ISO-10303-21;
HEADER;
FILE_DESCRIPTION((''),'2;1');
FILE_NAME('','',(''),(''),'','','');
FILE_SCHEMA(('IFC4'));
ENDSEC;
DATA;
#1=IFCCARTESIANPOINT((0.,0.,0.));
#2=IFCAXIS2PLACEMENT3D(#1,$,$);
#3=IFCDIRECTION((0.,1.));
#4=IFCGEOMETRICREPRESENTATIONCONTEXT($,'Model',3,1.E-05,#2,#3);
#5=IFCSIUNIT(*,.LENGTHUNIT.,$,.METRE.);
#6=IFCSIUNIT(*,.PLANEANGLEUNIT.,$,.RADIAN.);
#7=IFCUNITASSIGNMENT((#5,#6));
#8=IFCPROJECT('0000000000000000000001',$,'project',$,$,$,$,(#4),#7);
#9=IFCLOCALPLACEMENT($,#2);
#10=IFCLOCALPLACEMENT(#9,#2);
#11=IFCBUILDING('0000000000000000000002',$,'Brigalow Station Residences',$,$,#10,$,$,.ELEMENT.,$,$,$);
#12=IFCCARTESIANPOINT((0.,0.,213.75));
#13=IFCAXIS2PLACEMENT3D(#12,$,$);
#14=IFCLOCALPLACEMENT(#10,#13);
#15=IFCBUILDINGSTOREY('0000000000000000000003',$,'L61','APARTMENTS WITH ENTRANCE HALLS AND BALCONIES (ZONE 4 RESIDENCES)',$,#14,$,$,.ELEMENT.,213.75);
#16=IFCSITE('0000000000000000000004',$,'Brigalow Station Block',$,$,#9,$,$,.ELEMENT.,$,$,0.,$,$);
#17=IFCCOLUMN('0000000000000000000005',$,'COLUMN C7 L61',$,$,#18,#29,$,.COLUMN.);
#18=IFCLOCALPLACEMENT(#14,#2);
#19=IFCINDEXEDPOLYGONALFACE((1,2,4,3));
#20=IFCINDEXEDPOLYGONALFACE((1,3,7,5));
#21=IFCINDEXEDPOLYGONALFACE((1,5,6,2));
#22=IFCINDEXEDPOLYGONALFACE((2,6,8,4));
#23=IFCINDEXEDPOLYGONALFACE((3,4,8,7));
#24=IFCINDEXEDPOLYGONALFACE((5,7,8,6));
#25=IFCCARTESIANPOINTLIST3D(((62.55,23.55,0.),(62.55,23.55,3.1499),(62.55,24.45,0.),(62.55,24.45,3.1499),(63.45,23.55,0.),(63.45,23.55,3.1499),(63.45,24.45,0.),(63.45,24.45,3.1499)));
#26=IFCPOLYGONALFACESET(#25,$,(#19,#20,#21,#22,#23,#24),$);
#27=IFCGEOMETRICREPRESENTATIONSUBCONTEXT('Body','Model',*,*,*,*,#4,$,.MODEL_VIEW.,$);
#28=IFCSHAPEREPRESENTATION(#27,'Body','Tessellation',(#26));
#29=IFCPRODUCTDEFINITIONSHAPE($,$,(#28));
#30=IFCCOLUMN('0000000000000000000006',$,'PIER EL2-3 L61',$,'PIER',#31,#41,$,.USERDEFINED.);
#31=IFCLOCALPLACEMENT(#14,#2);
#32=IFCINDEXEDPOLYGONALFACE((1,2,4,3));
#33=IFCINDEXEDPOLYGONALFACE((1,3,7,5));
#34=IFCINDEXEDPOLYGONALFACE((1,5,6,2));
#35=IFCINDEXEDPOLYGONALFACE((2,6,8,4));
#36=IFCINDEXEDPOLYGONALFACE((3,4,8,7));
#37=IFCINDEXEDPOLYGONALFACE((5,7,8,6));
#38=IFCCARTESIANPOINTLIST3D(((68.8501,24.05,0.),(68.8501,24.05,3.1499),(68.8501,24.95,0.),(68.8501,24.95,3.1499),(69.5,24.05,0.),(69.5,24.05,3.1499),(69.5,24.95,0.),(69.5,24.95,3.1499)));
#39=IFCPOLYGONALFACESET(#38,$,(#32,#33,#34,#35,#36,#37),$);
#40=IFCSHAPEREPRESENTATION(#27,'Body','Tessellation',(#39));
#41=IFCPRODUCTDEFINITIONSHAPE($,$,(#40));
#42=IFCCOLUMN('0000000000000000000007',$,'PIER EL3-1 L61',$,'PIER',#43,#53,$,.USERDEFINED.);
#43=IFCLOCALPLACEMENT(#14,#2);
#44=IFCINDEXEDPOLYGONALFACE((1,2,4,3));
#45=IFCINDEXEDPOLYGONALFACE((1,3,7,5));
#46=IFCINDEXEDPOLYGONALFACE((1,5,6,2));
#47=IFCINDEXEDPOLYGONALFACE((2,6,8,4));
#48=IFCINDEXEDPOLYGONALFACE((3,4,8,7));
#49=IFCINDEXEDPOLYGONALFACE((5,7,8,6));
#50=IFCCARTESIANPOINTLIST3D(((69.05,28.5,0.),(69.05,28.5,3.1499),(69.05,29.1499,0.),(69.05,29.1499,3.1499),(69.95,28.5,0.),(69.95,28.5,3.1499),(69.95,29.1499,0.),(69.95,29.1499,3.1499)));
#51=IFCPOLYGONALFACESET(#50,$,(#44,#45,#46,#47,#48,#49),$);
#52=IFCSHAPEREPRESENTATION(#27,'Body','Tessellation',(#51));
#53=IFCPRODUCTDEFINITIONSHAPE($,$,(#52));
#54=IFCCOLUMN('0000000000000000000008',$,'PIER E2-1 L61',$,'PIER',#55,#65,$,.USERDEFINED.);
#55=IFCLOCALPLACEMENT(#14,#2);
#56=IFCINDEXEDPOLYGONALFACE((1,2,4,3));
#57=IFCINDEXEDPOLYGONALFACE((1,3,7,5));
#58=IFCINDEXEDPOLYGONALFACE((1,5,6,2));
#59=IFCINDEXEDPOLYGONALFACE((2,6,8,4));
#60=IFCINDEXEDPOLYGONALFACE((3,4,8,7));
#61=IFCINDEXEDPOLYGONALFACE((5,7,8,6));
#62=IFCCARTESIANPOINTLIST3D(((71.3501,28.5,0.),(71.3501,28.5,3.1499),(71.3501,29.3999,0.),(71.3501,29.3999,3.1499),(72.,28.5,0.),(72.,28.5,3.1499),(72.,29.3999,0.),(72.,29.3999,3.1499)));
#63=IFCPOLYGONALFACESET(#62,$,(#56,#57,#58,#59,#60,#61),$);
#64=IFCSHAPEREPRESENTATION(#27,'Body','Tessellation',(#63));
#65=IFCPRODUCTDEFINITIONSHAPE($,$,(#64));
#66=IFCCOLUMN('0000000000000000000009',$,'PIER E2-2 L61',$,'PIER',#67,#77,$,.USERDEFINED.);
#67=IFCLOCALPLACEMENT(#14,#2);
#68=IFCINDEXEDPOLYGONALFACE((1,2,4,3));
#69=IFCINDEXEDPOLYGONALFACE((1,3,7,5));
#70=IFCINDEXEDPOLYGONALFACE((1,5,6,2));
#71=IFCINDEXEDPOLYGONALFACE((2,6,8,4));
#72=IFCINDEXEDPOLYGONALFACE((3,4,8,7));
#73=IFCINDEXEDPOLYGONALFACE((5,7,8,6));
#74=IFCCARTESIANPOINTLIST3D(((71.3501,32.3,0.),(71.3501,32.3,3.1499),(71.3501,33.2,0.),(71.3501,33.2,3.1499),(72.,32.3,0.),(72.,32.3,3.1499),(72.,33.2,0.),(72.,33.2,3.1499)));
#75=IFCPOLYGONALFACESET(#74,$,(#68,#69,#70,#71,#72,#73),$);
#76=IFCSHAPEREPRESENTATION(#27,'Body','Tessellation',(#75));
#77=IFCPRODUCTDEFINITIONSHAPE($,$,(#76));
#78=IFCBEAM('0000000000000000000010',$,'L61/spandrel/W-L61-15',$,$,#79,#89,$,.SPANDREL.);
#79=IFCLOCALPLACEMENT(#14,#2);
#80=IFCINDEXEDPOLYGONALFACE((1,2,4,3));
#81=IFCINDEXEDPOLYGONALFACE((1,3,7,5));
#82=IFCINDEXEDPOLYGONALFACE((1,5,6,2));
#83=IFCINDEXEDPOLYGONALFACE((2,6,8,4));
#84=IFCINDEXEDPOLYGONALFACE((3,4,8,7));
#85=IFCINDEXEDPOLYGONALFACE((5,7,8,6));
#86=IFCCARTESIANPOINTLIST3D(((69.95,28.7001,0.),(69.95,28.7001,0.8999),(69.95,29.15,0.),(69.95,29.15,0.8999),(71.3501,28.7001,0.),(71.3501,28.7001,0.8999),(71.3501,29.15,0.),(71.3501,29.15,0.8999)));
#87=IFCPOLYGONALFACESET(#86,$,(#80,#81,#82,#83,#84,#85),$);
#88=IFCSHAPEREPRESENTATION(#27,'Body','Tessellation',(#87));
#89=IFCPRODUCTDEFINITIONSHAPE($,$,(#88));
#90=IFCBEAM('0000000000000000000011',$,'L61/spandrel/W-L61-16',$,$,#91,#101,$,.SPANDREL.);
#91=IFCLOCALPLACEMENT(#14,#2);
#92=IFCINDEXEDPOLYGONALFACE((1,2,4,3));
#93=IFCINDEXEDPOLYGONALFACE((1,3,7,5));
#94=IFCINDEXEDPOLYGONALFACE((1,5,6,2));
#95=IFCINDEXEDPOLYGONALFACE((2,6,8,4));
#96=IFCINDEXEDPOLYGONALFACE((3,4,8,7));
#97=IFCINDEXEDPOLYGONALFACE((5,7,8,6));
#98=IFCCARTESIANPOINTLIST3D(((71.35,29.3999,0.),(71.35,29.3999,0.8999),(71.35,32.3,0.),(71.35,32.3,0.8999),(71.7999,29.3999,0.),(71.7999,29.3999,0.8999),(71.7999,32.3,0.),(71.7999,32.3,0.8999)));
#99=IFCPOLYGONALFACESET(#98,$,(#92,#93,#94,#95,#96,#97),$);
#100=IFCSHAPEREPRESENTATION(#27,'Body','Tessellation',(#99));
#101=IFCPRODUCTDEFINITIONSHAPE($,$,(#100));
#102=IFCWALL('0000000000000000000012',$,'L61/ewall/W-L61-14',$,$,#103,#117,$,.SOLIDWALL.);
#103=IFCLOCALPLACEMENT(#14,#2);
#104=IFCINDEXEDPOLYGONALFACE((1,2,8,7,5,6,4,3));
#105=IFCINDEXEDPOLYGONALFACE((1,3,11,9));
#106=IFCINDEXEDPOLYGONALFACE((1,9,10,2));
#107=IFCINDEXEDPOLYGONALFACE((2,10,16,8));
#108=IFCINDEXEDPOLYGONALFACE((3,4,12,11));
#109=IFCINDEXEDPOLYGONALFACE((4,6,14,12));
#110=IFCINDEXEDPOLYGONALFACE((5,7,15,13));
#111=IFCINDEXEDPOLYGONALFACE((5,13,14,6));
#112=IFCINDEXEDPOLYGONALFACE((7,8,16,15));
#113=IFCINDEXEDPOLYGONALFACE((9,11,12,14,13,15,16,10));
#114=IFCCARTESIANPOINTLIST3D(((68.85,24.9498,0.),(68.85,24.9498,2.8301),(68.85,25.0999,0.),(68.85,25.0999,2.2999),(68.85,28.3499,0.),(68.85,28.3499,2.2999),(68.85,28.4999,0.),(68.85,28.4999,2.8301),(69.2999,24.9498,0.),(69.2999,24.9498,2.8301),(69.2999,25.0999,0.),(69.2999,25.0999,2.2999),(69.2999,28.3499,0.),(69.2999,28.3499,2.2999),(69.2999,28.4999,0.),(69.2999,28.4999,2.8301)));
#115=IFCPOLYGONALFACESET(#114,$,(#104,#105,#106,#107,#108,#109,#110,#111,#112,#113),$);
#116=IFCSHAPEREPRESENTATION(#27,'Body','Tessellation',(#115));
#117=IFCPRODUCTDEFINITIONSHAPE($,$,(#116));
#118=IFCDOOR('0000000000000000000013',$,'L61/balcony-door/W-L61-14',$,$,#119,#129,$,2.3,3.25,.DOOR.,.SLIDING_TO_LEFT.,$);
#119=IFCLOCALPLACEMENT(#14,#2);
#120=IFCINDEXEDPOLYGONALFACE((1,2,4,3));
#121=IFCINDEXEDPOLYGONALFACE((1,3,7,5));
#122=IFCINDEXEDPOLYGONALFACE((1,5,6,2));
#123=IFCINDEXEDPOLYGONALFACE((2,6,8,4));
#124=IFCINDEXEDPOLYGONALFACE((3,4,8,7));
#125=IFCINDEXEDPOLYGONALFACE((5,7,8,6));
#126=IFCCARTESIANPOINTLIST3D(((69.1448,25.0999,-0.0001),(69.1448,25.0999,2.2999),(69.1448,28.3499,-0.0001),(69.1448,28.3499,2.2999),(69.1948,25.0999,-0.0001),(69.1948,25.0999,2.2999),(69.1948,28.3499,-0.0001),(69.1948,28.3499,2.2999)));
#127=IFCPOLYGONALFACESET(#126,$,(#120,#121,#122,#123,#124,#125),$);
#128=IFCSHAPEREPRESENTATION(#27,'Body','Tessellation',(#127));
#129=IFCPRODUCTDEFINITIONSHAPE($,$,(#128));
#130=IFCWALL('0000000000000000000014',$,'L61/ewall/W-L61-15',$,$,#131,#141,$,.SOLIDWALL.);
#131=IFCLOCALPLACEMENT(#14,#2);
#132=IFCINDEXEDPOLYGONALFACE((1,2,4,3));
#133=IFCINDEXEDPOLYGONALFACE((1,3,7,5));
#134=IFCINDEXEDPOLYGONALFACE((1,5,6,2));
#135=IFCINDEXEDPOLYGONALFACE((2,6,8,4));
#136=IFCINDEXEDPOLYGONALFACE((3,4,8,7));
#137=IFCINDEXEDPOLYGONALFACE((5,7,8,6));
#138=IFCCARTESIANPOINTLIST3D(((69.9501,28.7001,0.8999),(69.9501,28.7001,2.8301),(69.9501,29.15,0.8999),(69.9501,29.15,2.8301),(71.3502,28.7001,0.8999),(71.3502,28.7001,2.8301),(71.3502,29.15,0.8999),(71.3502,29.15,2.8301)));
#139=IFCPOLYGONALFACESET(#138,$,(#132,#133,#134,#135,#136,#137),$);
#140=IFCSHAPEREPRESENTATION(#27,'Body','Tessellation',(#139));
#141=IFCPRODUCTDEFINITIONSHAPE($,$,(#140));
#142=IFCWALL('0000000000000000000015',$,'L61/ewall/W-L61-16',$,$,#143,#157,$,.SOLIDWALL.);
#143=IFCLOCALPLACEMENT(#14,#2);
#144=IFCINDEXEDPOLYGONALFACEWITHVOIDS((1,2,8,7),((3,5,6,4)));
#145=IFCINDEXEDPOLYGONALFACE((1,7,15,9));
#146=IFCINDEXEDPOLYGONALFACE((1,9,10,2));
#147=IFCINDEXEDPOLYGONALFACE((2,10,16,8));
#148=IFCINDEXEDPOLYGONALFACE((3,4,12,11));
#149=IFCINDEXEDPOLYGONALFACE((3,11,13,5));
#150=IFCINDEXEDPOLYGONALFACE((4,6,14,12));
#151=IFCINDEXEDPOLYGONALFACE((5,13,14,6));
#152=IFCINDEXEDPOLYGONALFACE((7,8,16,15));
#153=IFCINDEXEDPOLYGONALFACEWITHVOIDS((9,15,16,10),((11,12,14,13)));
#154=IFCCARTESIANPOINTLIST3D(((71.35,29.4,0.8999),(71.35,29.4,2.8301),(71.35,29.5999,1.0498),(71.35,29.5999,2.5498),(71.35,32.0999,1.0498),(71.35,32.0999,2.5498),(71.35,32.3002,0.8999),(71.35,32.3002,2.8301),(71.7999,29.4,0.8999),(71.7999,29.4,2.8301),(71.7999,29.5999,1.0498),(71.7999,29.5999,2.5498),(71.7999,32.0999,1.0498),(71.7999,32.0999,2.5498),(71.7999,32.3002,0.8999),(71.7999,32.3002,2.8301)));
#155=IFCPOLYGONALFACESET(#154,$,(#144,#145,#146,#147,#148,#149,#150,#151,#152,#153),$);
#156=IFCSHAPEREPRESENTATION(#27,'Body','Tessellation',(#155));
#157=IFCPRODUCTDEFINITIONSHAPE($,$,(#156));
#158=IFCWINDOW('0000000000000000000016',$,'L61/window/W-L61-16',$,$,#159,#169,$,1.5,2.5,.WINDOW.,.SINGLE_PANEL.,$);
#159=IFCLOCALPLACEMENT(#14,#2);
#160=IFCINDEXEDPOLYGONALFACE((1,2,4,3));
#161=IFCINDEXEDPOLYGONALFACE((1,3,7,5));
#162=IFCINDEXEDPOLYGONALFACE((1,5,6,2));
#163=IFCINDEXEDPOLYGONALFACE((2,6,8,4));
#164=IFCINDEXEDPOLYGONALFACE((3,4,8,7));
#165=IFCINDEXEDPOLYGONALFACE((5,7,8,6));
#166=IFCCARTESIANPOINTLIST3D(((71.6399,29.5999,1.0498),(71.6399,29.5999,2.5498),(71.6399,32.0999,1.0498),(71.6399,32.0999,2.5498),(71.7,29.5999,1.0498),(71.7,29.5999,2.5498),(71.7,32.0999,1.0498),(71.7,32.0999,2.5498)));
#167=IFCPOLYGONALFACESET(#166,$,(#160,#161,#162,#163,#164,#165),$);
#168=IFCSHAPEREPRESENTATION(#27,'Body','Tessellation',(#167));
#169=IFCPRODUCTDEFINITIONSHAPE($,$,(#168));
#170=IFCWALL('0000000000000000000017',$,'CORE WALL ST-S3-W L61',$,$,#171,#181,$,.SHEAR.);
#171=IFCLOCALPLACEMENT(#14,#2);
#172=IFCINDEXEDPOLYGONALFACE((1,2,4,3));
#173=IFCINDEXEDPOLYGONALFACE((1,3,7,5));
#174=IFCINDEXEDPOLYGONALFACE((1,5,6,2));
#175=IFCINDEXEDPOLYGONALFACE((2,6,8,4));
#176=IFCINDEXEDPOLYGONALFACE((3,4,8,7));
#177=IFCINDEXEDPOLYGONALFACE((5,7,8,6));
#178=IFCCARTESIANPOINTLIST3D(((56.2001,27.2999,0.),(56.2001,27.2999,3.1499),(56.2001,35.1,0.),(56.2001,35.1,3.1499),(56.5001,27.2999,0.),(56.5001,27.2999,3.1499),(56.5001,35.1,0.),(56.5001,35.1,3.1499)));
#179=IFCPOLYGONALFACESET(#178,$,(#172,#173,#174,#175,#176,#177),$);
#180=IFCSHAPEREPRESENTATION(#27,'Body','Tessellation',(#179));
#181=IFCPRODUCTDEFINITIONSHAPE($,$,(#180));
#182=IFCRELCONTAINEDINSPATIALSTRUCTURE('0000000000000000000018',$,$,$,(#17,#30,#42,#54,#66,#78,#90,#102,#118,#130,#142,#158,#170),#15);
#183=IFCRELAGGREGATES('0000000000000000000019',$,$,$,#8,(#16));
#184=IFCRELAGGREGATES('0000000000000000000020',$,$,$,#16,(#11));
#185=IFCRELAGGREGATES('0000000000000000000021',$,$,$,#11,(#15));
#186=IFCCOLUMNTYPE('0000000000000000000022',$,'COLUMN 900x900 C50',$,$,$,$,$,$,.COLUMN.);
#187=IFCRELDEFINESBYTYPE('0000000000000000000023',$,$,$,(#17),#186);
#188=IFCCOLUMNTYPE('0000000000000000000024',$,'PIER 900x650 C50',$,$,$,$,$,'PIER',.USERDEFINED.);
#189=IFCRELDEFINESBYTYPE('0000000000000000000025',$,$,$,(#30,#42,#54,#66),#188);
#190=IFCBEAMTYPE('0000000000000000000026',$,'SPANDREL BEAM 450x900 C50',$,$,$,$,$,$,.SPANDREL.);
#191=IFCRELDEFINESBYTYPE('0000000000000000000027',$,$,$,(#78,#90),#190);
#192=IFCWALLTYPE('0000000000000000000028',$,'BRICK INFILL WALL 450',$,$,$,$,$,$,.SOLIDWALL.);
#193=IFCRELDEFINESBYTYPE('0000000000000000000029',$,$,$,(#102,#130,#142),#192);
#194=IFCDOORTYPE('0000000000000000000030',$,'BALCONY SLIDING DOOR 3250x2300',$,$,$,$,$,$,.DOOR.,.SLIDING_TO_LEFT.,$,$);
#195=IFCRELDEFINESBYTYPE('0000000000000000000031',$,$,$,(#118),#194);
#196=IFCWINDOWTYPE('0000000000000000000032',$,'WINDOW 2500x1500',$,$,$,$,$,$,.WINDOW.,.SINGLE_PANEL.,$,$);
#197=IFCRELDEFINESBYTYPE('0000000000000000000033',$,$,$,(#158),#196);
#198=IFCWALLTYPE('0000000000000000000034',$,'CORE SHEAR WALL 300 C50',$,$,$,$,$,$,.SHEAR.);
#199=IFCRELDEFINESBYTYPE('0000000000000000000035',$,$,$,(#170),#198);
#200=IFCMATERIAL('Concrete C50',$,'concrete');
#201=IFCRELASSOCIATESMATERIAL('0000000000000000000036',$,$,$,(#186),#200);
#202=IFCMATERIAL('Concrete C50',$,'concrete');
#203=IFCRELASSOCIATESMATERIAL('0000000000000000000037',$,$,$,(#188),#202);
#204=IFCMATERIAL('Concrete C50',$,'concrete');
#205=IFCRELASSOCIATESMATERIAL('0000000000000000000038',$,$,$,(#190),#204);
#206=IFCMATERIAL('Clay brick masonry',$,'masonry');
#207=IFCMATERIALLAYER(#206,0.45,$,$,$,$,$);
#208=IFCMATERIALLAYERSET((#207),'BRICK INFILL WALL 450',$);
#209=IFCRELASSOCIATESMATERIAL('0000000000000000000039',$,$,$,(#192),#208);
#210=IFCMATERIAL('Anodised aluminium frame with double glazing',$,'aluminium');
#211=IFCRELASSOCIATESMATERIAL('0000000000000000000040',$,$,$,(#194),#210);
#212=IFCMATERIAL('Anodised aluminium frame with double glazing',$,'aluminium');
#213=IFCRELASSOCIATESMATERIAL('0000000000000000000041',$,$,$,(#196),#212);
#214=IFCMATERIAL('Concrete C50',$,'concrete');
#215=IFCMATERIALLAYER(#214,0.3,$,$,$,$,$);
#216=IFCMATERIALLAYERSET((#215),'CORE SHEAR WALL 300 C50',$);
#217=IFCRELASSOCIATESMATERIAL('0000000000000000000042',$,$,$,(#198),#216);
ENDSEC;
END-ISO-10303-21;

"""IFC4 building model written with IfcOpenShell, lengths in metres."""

from ifc_helpers import new_model, si_unit, direction, frame, frame_2d, origin, origin_2d, place, context, subcontext, project, spatial, rectangle, extrude, material, layer, layer_set, material_profile, profile_set, type_object, element, fill, save


model = new_model("IFC4")

# Units and contexts
model_context = context("Model", 3, precision=1e-05, world=origin(), true_north=direction((0.0, 1.0)))
body_context = subcontext(model_context, "Body", "Model", "MODEL_VIEW")
ifc_project = project(units=[si_unit("LENGTHUNIT", "METRE"), si_unit("PLANEANGLEUNIT", "RADIAN")], contexts=[model_context])

# Site, building, storey
site_placement = place(None, origin())
site = spatial("IfcSite", under=ifc_project, at=site_placement, Name="Brigalow Station Block", CompositionType="ELEMENT", RefElevation=0.0)
building_placement = place(site_placement, origin())
building = spatial("IfcBuilding", under=site, at=building_placement, Name="Brigalow Station Residences", CompositionType="ELEMENT")
storey_placement = place(building_placement, frame((0.0, 0.0, 213.75)))
storey = spatial("IfcBuildingStorey", under=building, at=storey_placement, Name="L61", Description="APARTMENTS WITH ENTRANCE HALLS AND BALCONIES (ZONE 4 RESIDENCES)", CompositionType="ELEMENT", Elevation=213.75)

# Columns
ifc_material_1 = material(Name="Concrete C50", Category="concrete")
ifc_material_profile_1 = material_profile(ifc_material_1, rectangle(XDim=0.8999, YDim=0.8999, at=origin_2d()), Name="RC900x900")
ifc_profile_set_1 = profile_set([ifc_material_profile_1], Name="Concrete C50")
column_type_1 = type_object("IfcColumnType", Name="COLUMN 900x900 C50", PredefinedType="COLUMN", material=ifc_profile_set_1)
column_placement = place(storey_placement, frame((63.0, 24.0, 0.0), z_axis=(0.0, 0.0, 1.0), x_axis=(1.0, 0.0, 0.0)))
element("IfcColumn", 1, at=column_placement, inside=storey, type_object=column_type_1, Name="COLUMN C7 L61", PredefinedType="COLUMN", context=body_context, shape_type="SweptSolid", body=[
    extrude(rectangle(XDim=0.8999, YDim=0.8999, at=origin_2d()), origin(), (0.0, 0.0, 1.0), 3.1499),
])
ifc_material_2 = material(Name="Concrete C50", Category="concrete")
ifc_material_profile_2 = material_profile(ifc_material_2, rectangle(XDim=0.8999, YDim=0.6499, at=origin_2d()), Name="RC900x650")
ifc_profile_set_2 = profile_set([ifc_material_profile_2], Name="Concrete C50")
column_type_2 = type_object("IfcColumnType", Name="PIER 900x650 C50", ElementType="PIER", PredefinedType="USERDEFINED", material=ifc_profile_set_2)
for number, where, z_axis, x_axis, name in (
    (2, (69.175, 24.5, 0.0), (0.0, 0.0, 1.0), (0.0, 1.0, 0.0), "PIER EL2-3 L61"),
    (3, (69.5, 28.825, 0.0), (0.0, 0.0, 1.0), (1.0, 0.0, 0.0), "PIER EL3-1 L61"),
    (4, (71.675, 28.95, 0.0), (0.0, 0.0, 1.0), (0.0, 1.0, 0.0), "PIER E2-1 L61"),
    (5, (71.675, 32.75, 0.0), (0.0, 0.0, 1.0), (0.0, 1.0, 0.0), "PIER E2-2 L61"),
):
    element("IfcColumn", number, at=place(storey_placement, frame(where, z_axis=z_axis, x_axis=x_axis)), inside=storey, type_object=column_type_2, Name=name, ObjectType="PIER", PredefinedType="USERDEFINED", context=body_context, shape_type="SweptSolid", body=[
        extrude(rectangle(XDim=0.8999, YDim=0.6499, at=origin_2d()), origin(), (0.0, 0.0, 1.0), 3.1499),
    ])

# Beams
ifc_material_3 = material(Name="Concrete C50", Category="concrete")
ifc_material_profile_3 = material_profile(ifc_material_3, rectangle(XDim=0.45, YDim=0.8999, at=origin_2d()), Name="RC450x900")
ifc_profile_set_3 = profile_set([ifc_material_profile_3], Name="Concrete C50")
beam_type = type_object("IfcBeamType", Name="SPANDREL BEAM 450x900 C50", PredefinedType="SPANDREL", material=ifc_profile_set_3)
beam_1_placement = place(storey_placement, frame((69.95, 28.925, 0.45), z_axis=(1.0, 0.0, 0.0), x_axis=(0.0, 1.0, 0.0)))
element("IfcBeam", 6, at=beam_1_placement, inside=storey, type_object=beam_type, Name="L61/spandrel/W-L61-15", PredefinedType="SPANDREL", context=body_context, shape_type="SweptSolid", body=[
    extrude(rectangle(XDim=0.45, YDim=0.8999, at=origin_2d()), origin(), (0.0, 0.0, 1.0), 1.4001),
])
beam_2_placement = place(storey_placement, frame((71.575, 29.3999, 0.45), z_axis=(0.0, 1.0, 0.0), x_axis=(-1.0, 0.0, 0.0)))
element("IfcBeam", 7, at=beam_2_placement, inside=storey, type_object=beam_type, Name="L61/spandrel/W-L61-16", PredefinedType="SPANDREL", context=body_context, shape_type="SweptSolid", body=[
    extrude(rectangle(XDim=0.45, YDim=0.8999, at=origin_2d()), origin(), (0.0, 0.0, 1.0), 2.9001),
])

# Wall, opening, door
ifc_material_4 = material(Name="Clay brick masonry", Category="masonry")
ifc_layer_1 = layer(ifc_material_4, 0.45)
ifc_layer_set_1 = layer_set([ifc_layer_1], Name="BRICK INFILL WALL 450")
wall_type_1 = type_object("IfcWallType", Name="BRICK INFILL WALL 450", PredefinedType="SOLIDWALL", material=ifc_layer_set_1)
wall_1_placement = place(storey_placement, frame((69.075, 24.95, 0.0), z_axis=(0.0, 0.0, 1.0), x_axis=(0.0, 1.0, 0.0)))
wall_1 = element("IfcWall", 8, at=wall_1_placement, inside=storey, type_object=wall_type_1, Name="L61/ewall/W-L61-14", PredefinedType="SOLIDWALL", context=body_context, shape_type="SweptSolid", body=[
    extrude(rectangle(XDim=3.55, YDim=0.45, at=frame_2d((1.7749, 0.0))), origin(), (0.0, 0.0, 1.0), 2.8301),
])
opening_1_placement = place(wall_1_placement, frame((0.1499, 0.0, 0.0)))
opening_1 = element("IfcOpeningElement", 9, at=opening_1_placement, cuts=wall_1, PredefinedType="OPENING", context=body_context, shape_type="SweptSolid", body=[
    extrude(rectangle(XDim=3.25, YDim=2.3, at=frame_2d((1.625, 1.1499))), frame((0.0, 0.2349, 0.0), z_axis=(0.0, -1.0, 0.0), x_axis=(1.0, 0.0, 0.0)), (0.0, 0.0, 1.0), 0.47),
])
ifc_material_5 = material(Name="Anodised aluminium frame with double glazing", Category="aluminium")
door_type_1 = type_object("IfcDoorType", Name="BALCONY SLIDING DOOR 3250x2300", OperationType="SLIDING_TO_LEFT", PredefinedType="DOOR", material=ifc_material_5)
door_1_placement = place(opening_1_placement, origin())
door_1 = element("IfcDoor", 10, at=door_1_placement, inside=storey, type_object=door_type_1, Name="L61/balcony-door/W-L61-14", OperationType="SLIDING_TO_LEFT", OverallHeight=2.3, OverallWidth=3.25, PredefinedType="DOOR", context=body_context, shape_type="SweptSolid", body=[
    extrude(rectangle(XDim=3.25, YDim=2.3, at=frame_2d((1.625, 1.1499))), frame((0.0, -0.0698, 0.0), z_axis=(0.0, -1.0, 0.0), x_axis=(1.0, 0.0, 0.0)), (0.0, 0.0, 1.0), 0.05),
])
fill(opening_1, door_1)

# Wall
wall_2_placement = place(storey_placement, frame((69.95, 28.925, 0.8999), z_axis=(0.0, 0.0, 1.0), x_axis=(1.0, 0.0, 0.0)))
element("IfcWall", 11, at=wall_2_placement, inside=storey, type_object=wall_type_1, Name="L61/ewall/W-L61-15", PredefinedType="SOLIDWALL", context=body_context, shape_type="SweptSolid", body=[
    extrude(rectangle(XDim=1.4001, YDim=0.45, at=frame_2d((0.7002, 0.0))), origin(), (0.0, 0.0, 1.0), 1.9302),
])

# Wall, opening, window
wall_3_placement = place(storey_placement, frame((71.575, 29.3999, 0.8999), z_axis=(0.0, 0.0, 1.0), x_axis=(0.0, 1.0, 0.0)))
wall_3 = element("IfcWall", 12, at=wall_3_placement, inside=storey, type_object=wall_type_1, Name="L61/ewall/W-L61-16", PredefinedType="SOLIDWALL", context=body_context, shape_type="SweptSolid", body=[
    extrude(rectangle(XDim=2.9001, YDim=0.45, at=frame_2d((1.4502, 0.0))), origin(), (0.0, 0.0, 1.0), 1.9302),
])
opening_2_placement = place(wall_3_placement, frame((0.2, 0.0, 0.1499)))
opening_2 = element("IfcOpeningElement", 13, at=opening_2_placement, cuts=wall_3, PredefinedType="OPENING", context=body_context, shape_type="SweptSolid", body=[
    extrude(rectangle(XDim=2.5, YDim=1.5, at=frame_2d((1.25, 0.75))), frame((0.0, 0.2349, 0.0), z_axis=(0.0, -1.0, 0.0), x_axis=(1.0, 0.0, 0.0)), (0.0, 0.0, 1.0), 0.47),
])
ifc_material_6 = material(Name="Anodised aluminium frame with double glazing", Category="aluminium")
window_type = type_object("IfcWindowType", Name="WINDOW 2500x1500", PartitioningType="SINGLE_PANEL", PredefinedType="WINDOW", material=ifc_material_6)
window_placement = place(opening_2_placement, origin())
window = element("IfcWindow", 14, at=window_placement, inside=storey, type_object=window_type, Name="L61/window/W-L61-16", OverallHeight=1.5, OverallWidth=2.5, PartitioningType="SINGLE_PANEL", PredefinedType="WINDOW", context=body_context, shape_type="SweptSolid", body=[
    extrude(rectangle(XDim=2.5, YDim=1.5, at=frame_2d((1.25, 0.75))), frame((0.0, -0.0649, 0.0), z_axis=(0.0, -1.0, 0.0), x_axis=(1.0, 0.0, 0.0)), (0.0, 0.0, 1.0), 0.0601),
])
fill(opening_2, window)

# Wall
ifc_material_7 = material(Name="Concrete C50", Category="concrete")
ifc_layer_2 = layer(ifc_material_7, 0.3)
ifc_layer_set_2 = layer_set([ifc_layer_2], Name="CORE SHEAR WALL 300 C50")
wall_type_2 = type_object("IfcWallType", Name="CORE SHEAR WALL 300 C50", PredefinedType="SHEAR", material=ifc_layer_set_2)
for number, where, z_axis, x_axis, name in (
    (15, (56.3501, 27.3, 0.0), (0.0, 0.0, 1.0), (0.0, 1.0, 0.0), "CORE WALL ST-S3-W L61"),
):
    element("IfcWall", number, at=place(storey_placement, frame(where, z_axis=z_axis, x_axis=x_axis)), inside=storey, type_object=wall_type_2, Name=name, PredefinedType="SHEAR", context=body_context, shape_type="SweptSolid", body=[
        extrude(rectangle(XDim=7.8, YDim=0.3, at=frame_2d((3.8999, 0.0))), origin(), (0.0, 0.0, 1.0), 3.1499),
    ])

save(model, "model.ifc")
